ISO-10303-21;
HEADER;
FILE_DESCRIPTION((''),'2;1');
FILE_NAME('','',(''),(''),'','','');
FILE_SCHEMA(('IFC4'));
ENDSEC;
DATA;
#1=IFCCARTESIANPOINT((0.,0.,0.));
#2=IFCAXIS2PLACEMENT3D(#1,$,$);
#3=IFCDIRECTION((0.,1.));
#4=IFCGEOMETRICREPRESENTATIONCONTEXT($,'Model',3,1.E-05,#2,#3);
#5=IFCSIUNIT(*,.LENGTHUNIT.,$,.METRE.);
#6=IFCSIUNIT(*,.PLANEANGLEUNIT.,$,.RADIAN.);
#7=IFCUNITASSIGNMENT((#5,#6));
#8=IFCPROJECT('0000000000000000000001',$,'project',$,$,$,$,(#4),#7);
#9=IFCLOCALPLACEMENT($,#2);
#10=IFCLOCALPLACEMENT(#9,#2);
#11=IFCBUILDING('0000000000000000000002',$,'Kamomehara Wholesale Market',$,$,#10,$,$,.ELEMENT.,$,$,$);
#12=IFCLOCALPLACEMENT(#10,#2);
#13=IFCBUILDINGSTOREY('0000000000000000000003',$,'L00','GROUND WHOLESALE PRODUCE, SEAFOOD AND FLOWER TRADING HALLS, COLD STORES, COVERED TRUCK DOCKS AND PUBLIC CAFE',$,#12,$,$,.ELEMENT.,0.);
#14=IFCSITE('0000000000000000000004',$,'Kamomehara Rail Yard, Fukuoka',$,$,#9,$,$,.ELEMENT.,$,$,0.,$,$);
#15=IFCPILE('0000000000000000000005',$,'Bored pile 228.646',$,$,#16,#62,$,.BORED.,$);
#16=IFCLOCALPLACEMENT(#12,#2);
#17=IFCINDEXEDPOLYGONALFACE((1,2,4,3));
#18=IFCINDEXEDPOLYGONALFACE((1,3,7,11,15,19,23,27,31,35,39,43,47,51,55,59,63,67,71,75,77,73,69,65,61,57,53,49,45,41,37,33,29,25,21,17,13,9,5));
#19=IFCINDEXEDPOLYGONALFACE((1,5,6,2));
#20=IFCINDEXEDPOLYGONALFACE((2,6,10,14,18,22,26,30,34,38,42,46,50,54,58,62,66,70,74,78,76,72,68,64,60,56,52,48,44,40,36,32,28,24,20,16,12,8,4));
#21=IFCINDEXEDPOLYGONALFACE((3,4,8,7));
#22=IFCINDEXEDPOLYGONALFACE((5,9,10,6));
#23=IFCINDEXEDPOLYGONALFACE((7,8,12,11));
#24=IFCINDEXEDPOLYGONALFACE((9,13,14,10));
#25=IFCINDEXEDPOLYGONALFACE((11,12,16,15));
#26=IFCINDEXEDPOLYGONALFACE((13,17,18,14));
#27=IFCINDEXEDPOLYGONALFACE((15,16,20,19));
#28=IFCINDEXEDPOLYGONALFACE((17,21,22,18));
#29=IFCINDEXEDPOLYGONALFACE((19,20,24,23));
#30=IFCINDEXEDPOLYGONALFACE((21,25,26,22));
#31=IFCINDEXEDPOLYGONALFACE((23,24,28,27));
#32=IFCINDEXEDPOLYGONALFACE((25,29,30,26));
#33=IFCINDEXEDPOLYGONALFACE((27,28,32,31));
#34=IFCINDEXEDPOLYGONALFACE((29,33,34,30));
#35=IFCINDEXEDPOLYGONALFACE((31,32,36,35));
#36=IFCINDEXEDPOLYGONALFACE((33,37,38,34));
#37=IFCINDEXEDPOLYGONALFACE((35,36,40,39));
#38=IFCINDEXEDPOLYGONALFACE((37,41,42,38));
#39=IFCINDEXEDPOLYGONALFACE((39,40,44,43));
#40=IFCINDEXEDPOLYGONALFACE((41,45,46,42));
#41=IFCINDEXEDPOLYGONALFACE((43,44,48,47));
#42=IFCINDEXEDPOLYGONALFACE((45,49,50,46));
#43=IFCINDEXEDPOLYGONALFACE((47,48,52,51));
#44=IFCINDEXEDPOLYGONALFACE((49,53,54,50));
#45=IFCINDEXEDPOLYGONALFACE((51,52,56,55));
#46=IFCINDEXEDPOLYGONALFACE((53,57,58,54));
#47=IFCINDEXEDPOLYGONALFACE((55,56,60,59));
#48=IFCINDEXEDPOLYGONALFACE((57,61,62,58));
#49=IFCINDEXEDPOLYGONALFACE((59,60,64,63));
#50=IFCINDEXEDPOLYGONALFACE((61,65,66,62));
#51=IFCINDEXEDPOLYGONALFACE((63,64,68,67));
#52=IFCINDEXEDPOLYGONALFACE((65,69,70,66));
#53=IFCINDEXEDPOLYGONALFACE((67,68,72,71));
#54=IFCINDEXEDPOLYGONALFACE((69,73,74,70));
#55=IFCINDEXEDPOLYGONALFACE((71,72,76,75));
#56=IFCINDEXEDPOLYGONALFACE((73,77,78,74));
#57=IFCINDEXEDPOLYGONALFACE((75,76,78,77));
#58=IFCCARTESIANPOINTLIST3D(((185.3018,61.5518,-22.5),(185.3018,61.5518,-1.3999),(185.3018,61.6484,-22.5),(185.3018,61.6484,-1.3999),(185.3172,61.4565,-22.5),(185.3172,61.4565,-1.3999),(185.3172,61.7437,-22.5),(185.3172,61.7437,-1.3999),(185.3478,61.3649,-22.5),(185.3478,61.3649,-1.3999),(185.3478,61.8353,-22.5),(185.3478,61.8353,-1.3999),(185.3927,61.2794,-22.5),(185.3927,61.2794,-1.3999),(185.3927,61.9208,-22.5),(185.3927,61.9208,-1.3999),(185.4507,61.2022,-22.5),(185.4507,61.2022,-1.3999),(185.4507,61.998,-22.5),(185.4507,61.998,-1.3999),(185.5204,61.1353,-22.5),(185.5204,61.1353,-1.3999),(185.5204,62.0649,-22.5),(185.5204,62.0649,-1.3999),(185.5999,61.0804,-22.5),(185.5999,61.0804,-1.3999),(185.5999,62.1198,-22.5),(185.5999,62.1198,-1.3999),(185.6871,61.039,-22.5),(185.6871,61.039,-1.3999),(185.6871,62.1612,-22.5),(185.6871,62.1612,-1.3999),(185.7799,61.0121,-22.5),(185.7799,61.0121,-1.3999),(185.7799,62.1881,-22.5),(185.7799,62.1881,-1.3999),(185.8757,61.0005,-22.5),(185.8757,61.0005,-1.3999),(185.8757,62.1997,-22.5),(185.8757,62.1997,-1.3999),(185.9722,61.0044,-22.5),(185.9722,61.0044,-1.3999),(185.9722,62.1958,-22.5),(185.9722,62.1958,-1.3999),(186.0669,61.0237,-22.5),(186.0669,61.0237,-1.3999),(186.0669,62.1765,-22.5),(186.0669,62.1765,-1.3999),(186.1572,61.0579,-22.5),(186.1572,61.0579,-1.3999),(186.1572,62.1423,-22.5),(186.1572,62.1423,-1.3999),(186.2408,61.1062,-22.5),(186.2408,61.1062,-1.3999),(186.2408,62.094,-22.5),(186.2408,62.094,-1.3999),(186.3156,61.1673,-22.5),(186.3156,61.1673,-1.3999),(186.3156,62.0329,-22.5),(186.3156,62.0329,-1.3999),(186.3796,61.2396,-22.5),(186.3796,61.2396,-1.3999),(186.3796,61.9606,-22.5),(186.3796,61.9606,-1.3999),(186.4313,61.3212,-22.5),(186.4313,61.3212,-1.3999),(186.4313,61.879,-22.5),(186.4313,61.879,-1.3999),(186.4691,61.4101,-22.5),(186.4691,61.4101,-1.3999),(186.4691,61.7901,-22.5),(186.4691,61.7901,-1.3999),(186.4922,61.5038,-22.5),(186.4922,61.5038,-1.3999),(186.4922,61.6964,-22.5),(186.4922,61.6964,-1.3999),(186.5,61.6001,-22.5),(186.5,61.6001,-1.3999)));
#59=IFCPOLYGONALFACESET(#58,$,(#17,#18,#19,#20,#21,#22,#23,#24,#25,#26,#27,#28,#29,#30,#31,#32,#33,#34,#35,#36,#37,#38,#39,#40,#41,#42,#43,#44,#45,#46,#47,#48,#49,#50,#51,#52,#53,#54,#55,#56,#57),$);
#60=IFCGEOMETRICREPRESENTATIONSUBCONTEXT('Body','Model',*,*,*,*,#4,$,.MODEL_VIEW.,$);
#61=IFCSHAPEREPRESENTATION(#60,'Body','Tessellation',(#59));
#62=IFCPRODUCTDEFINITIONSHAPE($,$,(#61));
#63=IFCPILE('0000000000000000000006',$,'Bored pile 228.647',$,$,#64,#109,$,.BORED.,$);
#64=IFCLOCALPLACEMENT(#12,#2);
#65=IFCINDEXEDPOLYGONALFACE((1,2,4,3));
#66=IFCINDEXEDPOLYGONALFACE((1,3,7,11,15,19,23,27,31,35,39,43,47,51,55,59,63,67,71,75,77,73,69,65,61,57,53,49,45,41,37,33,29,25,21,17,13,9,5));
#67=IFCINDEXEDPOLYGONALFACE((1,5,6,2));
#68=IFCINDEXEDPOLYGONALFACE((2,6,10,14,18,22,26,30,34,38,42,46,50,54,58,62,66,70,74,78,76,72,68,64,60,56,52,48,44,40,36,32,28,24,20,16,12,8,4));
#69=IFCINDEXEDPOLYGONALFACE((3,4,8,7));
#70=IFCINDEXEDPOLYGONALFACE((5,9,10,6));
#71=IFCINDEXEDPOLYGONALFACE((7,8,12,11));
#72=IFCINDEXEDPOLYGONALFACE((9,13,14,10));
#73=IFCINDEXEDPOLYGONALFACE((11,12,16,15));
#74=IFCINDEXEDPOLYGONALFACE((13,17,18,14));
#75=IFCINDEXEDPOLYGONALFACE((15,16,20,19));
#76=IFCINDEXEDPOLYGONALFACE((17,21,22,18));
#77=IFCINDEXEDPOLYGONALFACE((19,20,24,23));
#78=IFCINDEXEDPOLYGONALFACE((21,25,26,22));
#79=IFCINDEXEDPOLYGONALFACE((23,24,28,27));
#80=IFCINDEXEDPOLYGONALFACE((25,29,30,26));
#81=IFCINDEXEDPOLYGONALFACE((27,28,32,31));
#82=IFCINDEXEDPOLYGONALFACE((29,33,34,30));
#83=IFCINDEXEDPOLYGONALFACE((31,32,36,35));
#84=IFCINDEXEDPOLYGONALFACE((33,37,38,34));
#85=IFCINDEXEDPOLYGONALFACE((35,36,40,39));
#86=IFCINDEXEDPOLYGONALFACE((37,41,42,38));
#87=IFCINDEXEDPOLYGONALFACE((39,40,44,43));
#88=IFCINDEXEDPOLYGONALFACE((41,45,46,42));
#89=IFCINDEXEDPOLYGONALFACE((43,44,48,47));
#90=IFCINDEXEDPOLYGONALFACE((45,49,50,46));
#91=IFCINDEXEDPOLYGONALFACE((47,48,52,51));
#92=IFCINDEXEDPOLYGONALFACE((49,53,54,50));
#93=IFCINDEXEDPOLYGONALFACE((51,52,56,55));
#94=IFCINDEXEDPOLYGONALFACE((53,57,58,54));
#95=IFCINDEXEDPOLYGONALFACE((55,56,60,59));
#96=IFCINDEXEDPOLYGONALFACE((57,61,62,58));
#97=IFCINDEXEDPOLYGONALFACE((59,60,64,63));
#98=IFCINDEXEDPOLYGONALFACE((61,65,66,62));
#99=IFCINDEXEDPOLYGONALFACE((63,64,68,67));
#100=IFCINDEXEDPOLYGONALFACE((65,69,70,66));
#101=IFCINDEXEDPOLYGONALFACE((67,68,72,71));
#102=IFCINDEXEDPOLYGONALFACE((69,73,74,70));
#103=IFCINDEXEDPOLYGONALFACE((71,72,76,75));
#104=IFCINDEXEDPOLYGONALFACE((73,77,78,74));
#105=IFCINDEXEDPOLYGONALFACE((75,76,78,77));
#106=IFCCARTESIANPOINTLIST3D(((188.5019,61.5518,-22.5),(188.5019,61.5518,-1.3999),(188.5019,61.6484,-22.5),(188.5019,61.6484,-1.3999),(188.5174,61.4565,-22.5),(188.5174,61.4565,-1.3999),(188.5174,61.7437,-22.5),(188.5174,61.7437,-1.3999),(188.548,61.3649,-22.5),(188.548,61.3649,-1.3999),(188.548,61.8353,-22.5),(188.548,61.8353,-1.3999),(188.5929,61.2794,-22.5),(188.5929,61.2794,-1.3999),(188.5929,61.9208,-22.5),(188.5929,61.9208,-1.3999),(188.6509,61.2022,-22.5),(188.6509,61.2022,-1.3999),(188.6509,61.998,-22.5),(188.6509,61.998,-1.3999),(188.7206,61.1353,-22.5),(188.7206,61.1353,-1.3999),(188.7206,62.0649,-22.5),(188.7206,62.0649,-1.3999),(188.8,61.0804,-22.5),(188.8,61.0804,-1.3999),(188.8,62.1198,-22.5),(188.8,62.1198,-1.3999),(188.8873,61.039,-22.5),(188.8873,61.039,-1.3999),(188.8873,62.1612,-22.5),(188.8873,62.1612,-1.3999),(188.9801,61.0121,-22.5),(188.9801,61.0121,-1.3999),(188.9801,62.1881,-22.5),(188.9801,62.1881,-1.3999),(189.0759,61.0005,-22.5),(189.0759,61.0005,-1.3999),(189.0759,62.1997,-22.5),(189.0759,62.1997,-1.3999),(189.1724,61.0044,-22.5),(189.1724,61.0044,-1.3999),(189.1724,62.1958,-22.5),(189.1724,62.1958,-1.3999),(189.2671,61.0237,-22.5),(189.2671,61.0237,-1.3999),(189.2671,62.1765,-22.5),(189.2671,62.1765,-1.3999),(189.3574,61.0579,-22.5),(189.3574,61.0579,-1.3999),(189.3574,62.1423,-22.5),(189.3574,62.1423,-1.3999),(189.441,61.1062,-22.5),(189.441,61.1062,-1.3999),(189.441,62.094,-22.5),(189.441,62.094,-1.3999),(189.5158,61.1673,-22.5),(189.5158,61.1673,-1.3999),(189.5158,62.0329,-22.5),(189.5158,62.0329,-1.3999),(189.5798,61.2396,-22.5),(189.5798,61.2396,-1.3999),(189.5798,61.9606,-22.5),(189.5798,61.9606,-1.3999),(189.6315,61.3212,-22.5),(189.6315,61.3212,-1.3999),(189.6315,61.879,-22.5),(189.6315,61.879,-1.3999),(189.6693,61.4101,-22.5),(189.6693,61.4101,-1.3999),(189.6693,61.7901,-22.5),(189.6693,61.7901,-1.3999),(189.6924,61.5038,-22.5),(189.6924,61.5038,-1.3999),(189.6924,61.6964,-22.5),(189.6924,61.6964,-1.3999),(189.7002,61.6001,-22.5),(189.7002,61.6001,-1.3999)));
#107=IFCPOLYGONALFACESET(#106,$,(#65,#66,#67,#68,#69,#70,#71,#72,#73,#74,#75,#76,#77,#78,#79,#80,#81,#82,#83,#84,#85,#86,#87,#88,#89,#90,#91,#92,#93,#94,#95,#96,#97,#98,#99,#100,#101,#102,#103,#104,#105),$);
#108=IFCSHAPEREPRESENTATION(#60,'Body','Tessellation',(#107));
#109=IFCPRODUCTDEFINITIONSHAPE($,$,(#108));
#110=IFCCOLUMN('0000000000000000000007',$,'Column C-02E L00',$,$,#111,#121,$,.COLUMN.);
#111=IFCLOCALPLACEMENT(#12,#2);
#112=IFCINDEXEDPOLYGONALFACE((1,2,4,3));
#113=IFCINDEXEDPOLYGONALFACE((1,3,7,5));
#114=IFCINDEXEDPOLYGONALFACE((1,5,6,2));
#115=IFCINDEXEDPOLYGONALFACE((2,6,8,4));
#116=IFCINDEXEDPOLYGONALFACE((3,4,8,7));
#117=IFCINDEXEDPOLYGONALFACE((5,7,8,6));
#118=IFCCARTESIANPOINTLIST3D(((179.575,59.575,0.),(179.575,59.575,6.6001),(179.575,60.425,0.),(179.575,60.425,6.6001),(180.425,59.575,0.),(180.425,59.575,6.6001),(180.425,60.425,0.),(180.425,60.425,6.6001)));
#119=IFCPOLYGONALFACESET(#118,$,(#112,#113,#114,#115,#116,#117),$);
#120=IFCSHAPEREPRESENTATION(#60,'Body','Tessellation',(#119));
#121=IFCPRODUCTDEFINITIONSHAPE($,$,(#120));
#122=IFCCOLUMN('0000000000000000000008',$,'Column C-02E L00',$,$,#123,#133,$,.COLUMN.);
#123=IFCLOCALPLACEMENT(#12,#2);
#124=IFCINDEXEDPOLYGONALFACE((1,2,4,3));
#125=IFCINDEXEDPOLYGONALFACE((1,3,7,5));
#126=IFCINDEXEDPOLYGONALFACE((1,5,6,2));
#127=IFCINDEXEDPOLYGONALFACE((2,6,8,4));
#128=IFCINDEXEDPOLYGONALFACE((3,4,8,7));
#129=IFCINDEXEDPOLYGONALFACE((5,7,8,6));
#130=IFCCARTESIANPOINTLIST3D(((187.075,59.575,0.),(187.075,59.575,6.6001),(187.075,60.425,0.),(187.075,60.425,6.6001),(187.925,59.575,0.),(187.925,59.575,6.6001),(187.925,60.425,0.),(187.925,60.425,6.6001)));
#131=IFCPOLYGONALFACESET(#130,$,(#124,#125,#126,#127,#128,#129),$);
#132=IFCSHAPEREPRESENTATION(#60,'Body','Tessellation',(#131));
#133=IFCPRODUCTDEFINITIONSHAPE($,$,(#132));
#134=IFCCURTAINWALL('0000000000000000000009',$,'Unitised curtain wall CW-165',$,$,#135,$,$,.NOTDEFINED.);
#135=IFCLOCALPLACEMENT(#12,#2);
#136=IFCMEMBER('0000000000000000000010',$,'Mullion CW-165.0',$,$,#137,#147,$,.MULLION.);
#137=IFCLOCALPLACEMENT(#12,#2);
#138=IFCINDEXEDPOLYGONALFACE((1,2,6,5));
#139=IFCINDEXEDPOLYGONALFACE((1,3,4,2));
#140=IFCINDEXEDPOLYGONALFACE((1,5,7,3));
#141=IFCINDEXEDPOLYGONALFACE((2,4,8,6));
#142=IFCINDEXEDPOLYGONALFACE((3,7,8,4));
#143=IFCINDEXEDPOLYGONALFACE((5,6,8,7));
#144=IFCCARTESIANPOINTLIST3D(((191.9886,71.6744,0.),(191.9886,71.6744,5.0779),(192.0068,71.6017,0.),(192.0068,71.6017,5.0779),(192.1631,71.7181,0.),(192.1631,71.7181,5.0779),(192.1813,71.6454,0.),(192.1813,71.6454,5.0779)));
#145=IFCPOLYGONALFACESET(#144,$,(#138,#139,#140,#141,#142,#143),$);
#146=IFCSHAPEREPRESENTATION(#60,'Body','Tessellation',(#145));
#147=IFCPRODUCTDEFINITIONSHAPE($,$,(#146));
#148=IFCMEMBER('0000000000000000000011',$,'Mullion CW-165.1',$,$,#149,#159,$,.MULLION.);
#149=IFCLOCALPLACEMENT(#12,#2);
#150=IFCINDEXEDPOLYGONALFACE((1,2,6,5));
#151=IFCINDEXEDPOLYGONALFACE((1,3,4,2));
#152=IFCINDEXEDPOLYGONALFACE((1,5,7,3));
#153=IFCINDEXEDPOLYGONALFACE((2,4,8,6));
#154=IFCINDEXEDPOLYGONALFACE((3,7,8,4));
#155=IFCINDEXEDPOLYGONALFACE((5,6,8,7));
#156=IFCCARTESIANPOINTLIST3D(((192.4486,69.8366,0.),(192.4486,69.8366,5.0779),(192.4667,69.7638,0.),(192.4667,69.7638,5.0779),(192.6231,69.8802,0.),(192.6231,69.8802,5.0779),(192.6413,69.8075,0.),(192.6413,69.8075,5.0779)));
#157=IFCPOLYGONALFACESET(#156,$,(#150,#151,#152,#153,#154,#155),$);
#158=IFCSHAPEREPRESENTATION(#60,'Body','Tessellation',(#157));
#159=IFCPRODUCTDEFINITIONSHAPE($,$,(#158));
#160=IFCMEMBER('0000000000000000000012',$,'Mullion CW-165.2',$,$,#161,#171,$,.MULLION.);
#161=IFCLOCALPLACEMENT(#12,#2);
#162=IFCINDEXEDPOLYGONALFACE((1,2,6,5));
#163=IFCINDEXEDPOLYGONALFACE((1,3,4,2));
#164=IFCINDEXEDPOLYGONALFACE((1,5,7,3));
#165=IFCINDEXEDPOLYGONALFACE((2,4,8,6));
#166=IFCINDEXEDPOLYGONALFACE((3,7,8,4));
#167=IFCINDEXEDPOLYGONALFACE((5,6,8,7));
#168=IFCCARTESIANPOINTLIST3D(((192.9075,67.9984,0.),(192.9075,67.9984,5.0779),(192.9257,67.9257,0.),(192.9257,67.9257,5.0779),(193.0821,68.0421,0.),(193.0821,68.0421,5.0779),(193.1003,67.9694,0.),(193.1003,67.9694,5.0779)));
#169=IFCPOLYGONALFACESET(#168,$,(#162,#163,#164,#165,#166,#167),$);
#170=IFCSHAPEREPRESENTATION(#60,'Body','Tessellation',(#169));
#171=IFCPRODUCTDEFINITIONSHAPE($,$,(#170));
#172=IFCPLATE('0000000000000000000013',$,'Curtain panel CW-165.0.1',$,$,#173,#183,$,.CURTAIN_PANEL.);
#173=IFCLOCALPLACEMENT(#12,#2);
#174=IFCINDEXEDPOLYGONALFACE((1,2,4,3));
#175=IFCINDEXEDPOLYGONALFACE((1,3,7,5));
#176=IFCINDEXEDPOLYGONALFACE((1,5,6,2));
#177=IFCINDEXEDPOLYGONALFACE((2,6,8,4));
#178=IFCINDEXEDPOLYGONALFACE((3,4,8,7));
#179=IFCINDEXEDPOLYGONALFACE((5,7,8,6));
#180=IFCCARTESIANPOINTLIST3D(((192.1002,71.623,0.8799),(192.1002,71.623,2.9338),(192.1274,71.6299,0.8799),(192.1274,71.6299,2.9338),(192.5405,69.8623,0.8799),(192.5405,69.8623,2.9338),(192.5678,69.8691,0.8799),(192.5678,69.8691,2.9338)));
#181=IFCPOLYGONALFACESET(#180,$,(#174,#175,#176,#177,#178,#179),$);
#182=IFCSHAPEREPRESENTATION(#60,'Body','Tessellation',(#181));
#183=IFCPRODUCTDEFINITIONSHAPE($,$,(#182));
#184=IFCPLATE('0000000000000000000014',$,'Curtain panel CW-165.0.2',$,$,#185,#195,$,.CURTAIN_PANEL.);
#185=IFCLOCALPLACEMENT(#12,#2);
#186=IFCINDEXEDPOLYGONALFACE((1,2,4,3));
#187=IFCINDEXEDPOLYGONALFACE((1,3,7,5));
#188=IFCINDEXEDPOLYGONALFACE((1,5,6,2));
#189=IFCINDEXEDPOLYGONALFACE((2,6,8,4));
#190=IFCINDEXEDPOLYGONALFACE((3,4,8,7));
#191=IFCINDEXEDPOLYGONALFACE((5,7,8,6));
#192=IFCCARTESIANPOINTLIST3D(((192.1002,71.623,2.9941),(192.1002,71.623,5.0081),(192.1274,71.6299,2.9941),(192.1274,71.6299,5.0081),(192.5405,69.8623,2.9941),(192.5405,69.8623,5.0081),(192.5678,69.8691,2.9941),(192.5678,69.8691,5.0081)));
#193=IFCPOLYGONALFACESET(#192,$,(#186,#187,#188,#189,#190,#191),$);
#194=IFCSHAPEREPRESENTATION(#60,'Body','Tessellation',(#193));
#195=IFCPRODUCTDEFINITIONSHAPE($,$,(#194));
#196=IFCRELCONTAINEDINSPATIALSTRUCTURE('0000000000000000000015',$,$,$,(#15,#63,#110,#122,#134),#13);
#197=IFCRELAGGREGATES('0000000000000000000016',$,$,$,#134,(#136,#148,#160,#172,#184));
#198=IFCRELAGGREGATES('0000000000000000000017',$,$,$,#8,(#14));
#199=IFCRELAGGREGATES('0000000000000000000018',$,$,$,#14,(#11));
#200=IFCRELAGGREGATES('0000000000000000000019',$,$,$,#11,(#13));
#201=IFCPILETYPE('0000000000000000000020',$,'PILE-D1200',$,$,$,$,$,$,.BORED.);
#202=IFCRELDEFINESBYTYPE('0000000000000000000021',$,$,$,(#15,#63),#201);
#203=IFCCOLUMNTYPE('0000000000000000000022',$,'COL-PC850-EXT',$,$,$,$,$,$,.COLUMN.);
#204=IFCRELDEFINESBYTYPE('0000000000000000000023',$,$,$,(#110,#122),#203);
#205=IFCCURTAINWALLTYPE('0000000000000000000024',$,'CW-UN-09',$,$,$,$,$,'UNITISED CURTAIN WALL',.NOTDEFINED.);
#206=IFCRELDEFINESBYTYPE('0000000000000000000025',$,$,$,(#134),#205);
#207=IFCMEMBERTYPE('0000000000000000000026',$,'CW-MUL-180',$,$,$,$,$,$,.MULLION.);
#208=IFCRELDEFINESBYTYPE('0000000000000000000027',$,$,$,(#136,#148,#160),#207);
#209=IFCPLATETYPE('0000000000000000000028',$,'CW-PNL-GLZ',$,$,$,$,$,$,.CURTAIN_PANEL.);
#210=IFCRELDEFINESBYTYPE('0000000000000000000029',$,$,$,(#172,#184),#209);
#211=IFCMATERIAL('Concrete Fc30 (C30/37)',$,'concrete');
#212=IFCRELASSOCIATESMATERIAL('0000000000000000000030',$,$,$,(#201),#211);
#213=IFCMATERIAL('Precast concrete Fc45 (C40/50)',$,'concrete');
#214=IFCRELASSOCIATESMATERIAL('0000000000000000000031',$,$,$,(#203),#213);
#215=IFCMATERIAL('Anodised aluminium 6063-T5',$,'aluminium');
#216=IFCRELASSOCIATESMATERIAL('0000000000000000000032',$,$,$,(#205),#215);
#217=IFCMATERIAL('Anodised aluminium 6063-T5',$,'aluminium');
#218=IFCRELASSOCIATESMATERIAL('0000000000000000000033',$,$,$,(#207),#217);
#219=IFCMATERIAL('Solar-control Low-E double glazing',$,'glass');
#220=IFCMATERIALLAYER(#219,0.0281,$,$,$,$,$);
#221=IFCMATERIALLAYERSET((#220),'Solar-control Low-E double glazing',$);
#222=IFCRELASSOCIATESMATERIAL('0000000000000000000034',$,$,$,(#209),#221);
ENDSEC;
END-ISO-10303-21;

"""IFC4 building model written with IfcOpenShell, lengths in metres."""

from ifc_helpers import new_model, si_unit, direction, frame, origin, origin_2d, place, context, subcontext, project, spatial, rectangle, circle, extrude, material, layer, layer_set, material_profile, profile_set, type_object, element, aggregate, save


model = new_model("IFC4")

# Units and contexts
model_context = context("Model", 3, precision=1e-05, world=origin(), true_north=direction((0.0, 1.0)))
body_context = subcontext(model_context, "Body", "Model", "MODEL_VIEW")
ifc_project = project(units=[si_unit("LENGTHUNIT", "METRE"), si_unit("PLANEANGLEUNIT", "RADIAN")], contexts=[model_context])

# Site, building, storey
site_placement = place(None, origin())
site = spatial("IfcSite", under=ifc_project, at=site_placement, Name="Kamomehara Rail Yard, Fukuoka", CompositionType="ELEMENT", RefElevation=0.0)
building_placement = place(site_placement, origin())
building = spatial("IfcBuilding", under=site, at=building_placement, Name="Kamomehara Wholesale Market", CompositionType="ELEMENT")
storey_placement = place(building_placement, origin())
storey = spatial("IfcBuildingStorey", under=building, at=storey_placement, Name="L00", Description="GROUND WHOLESALE PRODUCE, SEAFOOD AND FLOWER TRADING HALLS, COLD STORES, COVERED TRUCK DOCKS AND PUBLIC CAFE", CompositionType="ELEMENT", Elevation=0.0)

# Piles
ifc_material_1 = material(Name="Concrete Fc30 (C30/37)", Category="concrete")
ifc_material_profile_1 = material_profile(ifc_material_1, circle(Radius=0.6001, at=origin_2d()), Name="RC-PILE-D1200")
ifc_profile_set_1 = profile_set([ifc_material_profile_1], Name="Concrete Fc30 (C30/37)")
pile_type_1 = type_object("IfcPileType", Name="PILE-D1200", PredefinedType="BORED", material=ifc_profile_set_1)
for number, where, z_axis, x_axis, name in (
    (1, (185.8999, 61.6001, -1.3999), (0.0, 0.0, -1.0), (1.0, 0.0, 0.0), "Bored pile 228.646"),
    (2, (189.1001, 61.6001, -1.3999), (0.0, 0.0, -1.0), (1.0, 0.0, 0.0), "Bored pile 228.647"),
):
    element("IfcPile", number, at=place(storey_placement, frame(where, z_axis=z_axis, x_axis=x_axis)), inside=storey, type_object=pile_type_1, Name=name, PredefinedType="BORED", context=body_context, shape_type="SweptSolid", body=[
        extrude(circle(Radius=0.6001, at=origin_2d()), origin(), (0.0, 0.0, 1.0), 21.1001),
    ])

# Columns
ifc_material_2 = material(Name="Precast concrete Fc45 (C40/50)", Category="concrete")
ifc_material_profile_2 = material_profile(ifc_material_2, rectangle(XDim=0.8501, YDim=0.8501, at=origin_2d()), Name="PC-COL-850x850")
ifc_profile_set_2 = profile_set([ifc_material_profile_2], Name="Precast concrete Fc45 (C40/50)")
column_type = type_object("IfcColumnType", Name="COL-PC850-EXT", PredefinedType="COLUMN", material=ifc_profile_set_2)
for number, where, z_axis, x_axis, name in (
    (3, (180.0, 60.0, 0.0), (0.0, 0.0, 1.0), (1.0, 0.0, 0.0), "Column C-02E L00"),
    (4, (187.5, 60.0, 0.0), (0.0, 0.0, 1.0), (1.0, 0.0, 0.0), "Column C-02E L00"),
):
    element("IfcColumn", number, at=place(storey_placement, frame(where, z_axis=z_axis, x_axis=x_axis)), inside=storey, type_object=column_type, Name=name, PredefinedType="COLUMN", context=body_context, shape_type="SweptSolid", body=[
        extrude(rectangle(XDim=0.8501, YDim=0.8501, at=origin_2d()), origin(), (0.0, 0.0, 1.0), 6.6001),
    ])

# Curtain wall, members, plates
ifc_material_3 = material(Name="Anodised aluminium 6063-T5", Category="aluminium")
curtain_wall_type = type_object("IfcCurtainWallType", Name="CW-UN-09", ElementType="UNITISED CURTAIN WALL", PredefinedType="NOTDEFINED", material=ifc_material_3)
curtain_wall_placement = place(storey_placement, origin())
curtain_wall = element("IfcCurtainWall", 5, at=curtain_wall_placement, inside=storey, type_object=curtain_wall_type, Name="Unitised curtain wall CW-165", PredefinedType="NOTDEFINED")
ifc_material_4 = material(Name="Anodised aluminium 6063-T5", Category="aluminium")
ifc_material_profile_3 = material_profile(ifc_material_4, rectangle(XDim=0.075, YDim=0.1799, at=origin_2d()), Name="ALU-MUL-75x180")
ifc_profile_set_3 = profile_set([ifc_material_profile_3], Name="Anodised aluminium 6063-T5")
member_type = type_object("IfcMemberType", Name="CW-MUL-180", PredefinedType="MULLION", material=ifc_profile_set_3)
member_1_placement = place(storey_placement, frame((192.085, 71.6599, 0.0), z_axis=(0.0, 0.0, 1.0), x_axis=(0.242618, -0.970122, 0.0)))
member_1 = element("IfcMember", 6, at=member_1_placement, type_object=member_type, Name="Mullion CW-165.0", PredefinedType="MULLION", context=body_context, shape_type="SweptSolid", body=[
    extrude(rectangle(XDim=0.075, YDim=0.1799, at=origin_2d()), origin(), (0.0, 0.0, 1.0), 5.0779),
])
member_2_placement = place(storey_placement, frame((192.5449, 69.822, 0.0), z_axis=(0.0, 0.0, 1.0), x_axis=(0.242618, -0.970122, 0.0)))
member_2 = element("IfcMember", 7, at=member_2_placement, type_object=member_type, Name="Mullion CW-165.1", PredefinedType="MULLION", context=body_context, shape_type="SweptSolid", body=[
    extrude(rectangle(XDim=0.075, YDim=0.1799, at=origin_2d()), origin(), (0.0, 0.0, 1.0), 5.0779),
])
member_3_placement = place(storey_placement, frame((193.0039, 67.9839, 0.0), z_axis=(0.0, 0.0, 1.0), x_axis=(0.242618, -0.970122, 0.0)))
member_3 = element("IfcMember", 8, at=member_3_placement, type_object=member_type, Name="Mullion CW-165.2", PredefinedType="MULLION", context=body_context, shape_type="SweptSolid", body=[
    extrude(rectangle(XDim=0.075, YDim=0.1799, at=origin_2d()), origin(), (0.0, 0.0, 1.0), 5.0779),
])
ifc_material_5 = material(Name="Solar-control Low-E double glazing", Category="glass")
ifc_layer_1 = layer(ifc_material_5, 0.0281)
ifc_layer_set_1 = layer_set([ifc_layer_1], Name="Solar-control Low-E double glazing")
plate_type_1 = type_object("IfcPlateType", Name="CW-PNL-GLZ", PredefinedType="CURTAIN_PANEL", material=ifc_layer_set_1)
plate_1_placement = place(storey_placement, frame((192.334, 70.7461, 0.8799), z_axis=(0.0, 0.0, 1.0), x_axis=(0.242616, -0.970122, 0.0)))
plate_1 = element("IfcPlate", 9, at=plate_1_placement, type_object=plate_type_1, Name="Curtain panel CW-165.0.1", PredefinedType="CURTAIN_PANEL", context=body_context, shape_type="SweptSolid", body=[
    extrude(rectangle(XDim=1.8149, YDim=0.0281, at=origin_2d()), origin(), (0.0, 0.0, 1.0), 2.054),
])
plate_2_placement = place(storey_placement, frame((192.334, 70.7461, 2.9941), z_axis=(0.0, 0.0, 1.0), x_axis=(0.242616, -0.970122, 0.0)))
plate_2 = element("IfcPlate", 10, at=plate_2_placement, type_object=plate_type_1, Name="Curtain panel CW-165.0.2", PredefinedType="CURTAIN_PANEL", context=body_context, shape_type="SweptSolid", body=[
    extrude(rectangle(XDim=1.8149, YDim=0.0281, at=origin_2d()), origin(), (0.0, 0.0, 1.0), 2.0139),
])
aggregate(curtain_wall, [member_1, member_2, member_3, plate_1, plate_2])

save(model, "model.ifc")
